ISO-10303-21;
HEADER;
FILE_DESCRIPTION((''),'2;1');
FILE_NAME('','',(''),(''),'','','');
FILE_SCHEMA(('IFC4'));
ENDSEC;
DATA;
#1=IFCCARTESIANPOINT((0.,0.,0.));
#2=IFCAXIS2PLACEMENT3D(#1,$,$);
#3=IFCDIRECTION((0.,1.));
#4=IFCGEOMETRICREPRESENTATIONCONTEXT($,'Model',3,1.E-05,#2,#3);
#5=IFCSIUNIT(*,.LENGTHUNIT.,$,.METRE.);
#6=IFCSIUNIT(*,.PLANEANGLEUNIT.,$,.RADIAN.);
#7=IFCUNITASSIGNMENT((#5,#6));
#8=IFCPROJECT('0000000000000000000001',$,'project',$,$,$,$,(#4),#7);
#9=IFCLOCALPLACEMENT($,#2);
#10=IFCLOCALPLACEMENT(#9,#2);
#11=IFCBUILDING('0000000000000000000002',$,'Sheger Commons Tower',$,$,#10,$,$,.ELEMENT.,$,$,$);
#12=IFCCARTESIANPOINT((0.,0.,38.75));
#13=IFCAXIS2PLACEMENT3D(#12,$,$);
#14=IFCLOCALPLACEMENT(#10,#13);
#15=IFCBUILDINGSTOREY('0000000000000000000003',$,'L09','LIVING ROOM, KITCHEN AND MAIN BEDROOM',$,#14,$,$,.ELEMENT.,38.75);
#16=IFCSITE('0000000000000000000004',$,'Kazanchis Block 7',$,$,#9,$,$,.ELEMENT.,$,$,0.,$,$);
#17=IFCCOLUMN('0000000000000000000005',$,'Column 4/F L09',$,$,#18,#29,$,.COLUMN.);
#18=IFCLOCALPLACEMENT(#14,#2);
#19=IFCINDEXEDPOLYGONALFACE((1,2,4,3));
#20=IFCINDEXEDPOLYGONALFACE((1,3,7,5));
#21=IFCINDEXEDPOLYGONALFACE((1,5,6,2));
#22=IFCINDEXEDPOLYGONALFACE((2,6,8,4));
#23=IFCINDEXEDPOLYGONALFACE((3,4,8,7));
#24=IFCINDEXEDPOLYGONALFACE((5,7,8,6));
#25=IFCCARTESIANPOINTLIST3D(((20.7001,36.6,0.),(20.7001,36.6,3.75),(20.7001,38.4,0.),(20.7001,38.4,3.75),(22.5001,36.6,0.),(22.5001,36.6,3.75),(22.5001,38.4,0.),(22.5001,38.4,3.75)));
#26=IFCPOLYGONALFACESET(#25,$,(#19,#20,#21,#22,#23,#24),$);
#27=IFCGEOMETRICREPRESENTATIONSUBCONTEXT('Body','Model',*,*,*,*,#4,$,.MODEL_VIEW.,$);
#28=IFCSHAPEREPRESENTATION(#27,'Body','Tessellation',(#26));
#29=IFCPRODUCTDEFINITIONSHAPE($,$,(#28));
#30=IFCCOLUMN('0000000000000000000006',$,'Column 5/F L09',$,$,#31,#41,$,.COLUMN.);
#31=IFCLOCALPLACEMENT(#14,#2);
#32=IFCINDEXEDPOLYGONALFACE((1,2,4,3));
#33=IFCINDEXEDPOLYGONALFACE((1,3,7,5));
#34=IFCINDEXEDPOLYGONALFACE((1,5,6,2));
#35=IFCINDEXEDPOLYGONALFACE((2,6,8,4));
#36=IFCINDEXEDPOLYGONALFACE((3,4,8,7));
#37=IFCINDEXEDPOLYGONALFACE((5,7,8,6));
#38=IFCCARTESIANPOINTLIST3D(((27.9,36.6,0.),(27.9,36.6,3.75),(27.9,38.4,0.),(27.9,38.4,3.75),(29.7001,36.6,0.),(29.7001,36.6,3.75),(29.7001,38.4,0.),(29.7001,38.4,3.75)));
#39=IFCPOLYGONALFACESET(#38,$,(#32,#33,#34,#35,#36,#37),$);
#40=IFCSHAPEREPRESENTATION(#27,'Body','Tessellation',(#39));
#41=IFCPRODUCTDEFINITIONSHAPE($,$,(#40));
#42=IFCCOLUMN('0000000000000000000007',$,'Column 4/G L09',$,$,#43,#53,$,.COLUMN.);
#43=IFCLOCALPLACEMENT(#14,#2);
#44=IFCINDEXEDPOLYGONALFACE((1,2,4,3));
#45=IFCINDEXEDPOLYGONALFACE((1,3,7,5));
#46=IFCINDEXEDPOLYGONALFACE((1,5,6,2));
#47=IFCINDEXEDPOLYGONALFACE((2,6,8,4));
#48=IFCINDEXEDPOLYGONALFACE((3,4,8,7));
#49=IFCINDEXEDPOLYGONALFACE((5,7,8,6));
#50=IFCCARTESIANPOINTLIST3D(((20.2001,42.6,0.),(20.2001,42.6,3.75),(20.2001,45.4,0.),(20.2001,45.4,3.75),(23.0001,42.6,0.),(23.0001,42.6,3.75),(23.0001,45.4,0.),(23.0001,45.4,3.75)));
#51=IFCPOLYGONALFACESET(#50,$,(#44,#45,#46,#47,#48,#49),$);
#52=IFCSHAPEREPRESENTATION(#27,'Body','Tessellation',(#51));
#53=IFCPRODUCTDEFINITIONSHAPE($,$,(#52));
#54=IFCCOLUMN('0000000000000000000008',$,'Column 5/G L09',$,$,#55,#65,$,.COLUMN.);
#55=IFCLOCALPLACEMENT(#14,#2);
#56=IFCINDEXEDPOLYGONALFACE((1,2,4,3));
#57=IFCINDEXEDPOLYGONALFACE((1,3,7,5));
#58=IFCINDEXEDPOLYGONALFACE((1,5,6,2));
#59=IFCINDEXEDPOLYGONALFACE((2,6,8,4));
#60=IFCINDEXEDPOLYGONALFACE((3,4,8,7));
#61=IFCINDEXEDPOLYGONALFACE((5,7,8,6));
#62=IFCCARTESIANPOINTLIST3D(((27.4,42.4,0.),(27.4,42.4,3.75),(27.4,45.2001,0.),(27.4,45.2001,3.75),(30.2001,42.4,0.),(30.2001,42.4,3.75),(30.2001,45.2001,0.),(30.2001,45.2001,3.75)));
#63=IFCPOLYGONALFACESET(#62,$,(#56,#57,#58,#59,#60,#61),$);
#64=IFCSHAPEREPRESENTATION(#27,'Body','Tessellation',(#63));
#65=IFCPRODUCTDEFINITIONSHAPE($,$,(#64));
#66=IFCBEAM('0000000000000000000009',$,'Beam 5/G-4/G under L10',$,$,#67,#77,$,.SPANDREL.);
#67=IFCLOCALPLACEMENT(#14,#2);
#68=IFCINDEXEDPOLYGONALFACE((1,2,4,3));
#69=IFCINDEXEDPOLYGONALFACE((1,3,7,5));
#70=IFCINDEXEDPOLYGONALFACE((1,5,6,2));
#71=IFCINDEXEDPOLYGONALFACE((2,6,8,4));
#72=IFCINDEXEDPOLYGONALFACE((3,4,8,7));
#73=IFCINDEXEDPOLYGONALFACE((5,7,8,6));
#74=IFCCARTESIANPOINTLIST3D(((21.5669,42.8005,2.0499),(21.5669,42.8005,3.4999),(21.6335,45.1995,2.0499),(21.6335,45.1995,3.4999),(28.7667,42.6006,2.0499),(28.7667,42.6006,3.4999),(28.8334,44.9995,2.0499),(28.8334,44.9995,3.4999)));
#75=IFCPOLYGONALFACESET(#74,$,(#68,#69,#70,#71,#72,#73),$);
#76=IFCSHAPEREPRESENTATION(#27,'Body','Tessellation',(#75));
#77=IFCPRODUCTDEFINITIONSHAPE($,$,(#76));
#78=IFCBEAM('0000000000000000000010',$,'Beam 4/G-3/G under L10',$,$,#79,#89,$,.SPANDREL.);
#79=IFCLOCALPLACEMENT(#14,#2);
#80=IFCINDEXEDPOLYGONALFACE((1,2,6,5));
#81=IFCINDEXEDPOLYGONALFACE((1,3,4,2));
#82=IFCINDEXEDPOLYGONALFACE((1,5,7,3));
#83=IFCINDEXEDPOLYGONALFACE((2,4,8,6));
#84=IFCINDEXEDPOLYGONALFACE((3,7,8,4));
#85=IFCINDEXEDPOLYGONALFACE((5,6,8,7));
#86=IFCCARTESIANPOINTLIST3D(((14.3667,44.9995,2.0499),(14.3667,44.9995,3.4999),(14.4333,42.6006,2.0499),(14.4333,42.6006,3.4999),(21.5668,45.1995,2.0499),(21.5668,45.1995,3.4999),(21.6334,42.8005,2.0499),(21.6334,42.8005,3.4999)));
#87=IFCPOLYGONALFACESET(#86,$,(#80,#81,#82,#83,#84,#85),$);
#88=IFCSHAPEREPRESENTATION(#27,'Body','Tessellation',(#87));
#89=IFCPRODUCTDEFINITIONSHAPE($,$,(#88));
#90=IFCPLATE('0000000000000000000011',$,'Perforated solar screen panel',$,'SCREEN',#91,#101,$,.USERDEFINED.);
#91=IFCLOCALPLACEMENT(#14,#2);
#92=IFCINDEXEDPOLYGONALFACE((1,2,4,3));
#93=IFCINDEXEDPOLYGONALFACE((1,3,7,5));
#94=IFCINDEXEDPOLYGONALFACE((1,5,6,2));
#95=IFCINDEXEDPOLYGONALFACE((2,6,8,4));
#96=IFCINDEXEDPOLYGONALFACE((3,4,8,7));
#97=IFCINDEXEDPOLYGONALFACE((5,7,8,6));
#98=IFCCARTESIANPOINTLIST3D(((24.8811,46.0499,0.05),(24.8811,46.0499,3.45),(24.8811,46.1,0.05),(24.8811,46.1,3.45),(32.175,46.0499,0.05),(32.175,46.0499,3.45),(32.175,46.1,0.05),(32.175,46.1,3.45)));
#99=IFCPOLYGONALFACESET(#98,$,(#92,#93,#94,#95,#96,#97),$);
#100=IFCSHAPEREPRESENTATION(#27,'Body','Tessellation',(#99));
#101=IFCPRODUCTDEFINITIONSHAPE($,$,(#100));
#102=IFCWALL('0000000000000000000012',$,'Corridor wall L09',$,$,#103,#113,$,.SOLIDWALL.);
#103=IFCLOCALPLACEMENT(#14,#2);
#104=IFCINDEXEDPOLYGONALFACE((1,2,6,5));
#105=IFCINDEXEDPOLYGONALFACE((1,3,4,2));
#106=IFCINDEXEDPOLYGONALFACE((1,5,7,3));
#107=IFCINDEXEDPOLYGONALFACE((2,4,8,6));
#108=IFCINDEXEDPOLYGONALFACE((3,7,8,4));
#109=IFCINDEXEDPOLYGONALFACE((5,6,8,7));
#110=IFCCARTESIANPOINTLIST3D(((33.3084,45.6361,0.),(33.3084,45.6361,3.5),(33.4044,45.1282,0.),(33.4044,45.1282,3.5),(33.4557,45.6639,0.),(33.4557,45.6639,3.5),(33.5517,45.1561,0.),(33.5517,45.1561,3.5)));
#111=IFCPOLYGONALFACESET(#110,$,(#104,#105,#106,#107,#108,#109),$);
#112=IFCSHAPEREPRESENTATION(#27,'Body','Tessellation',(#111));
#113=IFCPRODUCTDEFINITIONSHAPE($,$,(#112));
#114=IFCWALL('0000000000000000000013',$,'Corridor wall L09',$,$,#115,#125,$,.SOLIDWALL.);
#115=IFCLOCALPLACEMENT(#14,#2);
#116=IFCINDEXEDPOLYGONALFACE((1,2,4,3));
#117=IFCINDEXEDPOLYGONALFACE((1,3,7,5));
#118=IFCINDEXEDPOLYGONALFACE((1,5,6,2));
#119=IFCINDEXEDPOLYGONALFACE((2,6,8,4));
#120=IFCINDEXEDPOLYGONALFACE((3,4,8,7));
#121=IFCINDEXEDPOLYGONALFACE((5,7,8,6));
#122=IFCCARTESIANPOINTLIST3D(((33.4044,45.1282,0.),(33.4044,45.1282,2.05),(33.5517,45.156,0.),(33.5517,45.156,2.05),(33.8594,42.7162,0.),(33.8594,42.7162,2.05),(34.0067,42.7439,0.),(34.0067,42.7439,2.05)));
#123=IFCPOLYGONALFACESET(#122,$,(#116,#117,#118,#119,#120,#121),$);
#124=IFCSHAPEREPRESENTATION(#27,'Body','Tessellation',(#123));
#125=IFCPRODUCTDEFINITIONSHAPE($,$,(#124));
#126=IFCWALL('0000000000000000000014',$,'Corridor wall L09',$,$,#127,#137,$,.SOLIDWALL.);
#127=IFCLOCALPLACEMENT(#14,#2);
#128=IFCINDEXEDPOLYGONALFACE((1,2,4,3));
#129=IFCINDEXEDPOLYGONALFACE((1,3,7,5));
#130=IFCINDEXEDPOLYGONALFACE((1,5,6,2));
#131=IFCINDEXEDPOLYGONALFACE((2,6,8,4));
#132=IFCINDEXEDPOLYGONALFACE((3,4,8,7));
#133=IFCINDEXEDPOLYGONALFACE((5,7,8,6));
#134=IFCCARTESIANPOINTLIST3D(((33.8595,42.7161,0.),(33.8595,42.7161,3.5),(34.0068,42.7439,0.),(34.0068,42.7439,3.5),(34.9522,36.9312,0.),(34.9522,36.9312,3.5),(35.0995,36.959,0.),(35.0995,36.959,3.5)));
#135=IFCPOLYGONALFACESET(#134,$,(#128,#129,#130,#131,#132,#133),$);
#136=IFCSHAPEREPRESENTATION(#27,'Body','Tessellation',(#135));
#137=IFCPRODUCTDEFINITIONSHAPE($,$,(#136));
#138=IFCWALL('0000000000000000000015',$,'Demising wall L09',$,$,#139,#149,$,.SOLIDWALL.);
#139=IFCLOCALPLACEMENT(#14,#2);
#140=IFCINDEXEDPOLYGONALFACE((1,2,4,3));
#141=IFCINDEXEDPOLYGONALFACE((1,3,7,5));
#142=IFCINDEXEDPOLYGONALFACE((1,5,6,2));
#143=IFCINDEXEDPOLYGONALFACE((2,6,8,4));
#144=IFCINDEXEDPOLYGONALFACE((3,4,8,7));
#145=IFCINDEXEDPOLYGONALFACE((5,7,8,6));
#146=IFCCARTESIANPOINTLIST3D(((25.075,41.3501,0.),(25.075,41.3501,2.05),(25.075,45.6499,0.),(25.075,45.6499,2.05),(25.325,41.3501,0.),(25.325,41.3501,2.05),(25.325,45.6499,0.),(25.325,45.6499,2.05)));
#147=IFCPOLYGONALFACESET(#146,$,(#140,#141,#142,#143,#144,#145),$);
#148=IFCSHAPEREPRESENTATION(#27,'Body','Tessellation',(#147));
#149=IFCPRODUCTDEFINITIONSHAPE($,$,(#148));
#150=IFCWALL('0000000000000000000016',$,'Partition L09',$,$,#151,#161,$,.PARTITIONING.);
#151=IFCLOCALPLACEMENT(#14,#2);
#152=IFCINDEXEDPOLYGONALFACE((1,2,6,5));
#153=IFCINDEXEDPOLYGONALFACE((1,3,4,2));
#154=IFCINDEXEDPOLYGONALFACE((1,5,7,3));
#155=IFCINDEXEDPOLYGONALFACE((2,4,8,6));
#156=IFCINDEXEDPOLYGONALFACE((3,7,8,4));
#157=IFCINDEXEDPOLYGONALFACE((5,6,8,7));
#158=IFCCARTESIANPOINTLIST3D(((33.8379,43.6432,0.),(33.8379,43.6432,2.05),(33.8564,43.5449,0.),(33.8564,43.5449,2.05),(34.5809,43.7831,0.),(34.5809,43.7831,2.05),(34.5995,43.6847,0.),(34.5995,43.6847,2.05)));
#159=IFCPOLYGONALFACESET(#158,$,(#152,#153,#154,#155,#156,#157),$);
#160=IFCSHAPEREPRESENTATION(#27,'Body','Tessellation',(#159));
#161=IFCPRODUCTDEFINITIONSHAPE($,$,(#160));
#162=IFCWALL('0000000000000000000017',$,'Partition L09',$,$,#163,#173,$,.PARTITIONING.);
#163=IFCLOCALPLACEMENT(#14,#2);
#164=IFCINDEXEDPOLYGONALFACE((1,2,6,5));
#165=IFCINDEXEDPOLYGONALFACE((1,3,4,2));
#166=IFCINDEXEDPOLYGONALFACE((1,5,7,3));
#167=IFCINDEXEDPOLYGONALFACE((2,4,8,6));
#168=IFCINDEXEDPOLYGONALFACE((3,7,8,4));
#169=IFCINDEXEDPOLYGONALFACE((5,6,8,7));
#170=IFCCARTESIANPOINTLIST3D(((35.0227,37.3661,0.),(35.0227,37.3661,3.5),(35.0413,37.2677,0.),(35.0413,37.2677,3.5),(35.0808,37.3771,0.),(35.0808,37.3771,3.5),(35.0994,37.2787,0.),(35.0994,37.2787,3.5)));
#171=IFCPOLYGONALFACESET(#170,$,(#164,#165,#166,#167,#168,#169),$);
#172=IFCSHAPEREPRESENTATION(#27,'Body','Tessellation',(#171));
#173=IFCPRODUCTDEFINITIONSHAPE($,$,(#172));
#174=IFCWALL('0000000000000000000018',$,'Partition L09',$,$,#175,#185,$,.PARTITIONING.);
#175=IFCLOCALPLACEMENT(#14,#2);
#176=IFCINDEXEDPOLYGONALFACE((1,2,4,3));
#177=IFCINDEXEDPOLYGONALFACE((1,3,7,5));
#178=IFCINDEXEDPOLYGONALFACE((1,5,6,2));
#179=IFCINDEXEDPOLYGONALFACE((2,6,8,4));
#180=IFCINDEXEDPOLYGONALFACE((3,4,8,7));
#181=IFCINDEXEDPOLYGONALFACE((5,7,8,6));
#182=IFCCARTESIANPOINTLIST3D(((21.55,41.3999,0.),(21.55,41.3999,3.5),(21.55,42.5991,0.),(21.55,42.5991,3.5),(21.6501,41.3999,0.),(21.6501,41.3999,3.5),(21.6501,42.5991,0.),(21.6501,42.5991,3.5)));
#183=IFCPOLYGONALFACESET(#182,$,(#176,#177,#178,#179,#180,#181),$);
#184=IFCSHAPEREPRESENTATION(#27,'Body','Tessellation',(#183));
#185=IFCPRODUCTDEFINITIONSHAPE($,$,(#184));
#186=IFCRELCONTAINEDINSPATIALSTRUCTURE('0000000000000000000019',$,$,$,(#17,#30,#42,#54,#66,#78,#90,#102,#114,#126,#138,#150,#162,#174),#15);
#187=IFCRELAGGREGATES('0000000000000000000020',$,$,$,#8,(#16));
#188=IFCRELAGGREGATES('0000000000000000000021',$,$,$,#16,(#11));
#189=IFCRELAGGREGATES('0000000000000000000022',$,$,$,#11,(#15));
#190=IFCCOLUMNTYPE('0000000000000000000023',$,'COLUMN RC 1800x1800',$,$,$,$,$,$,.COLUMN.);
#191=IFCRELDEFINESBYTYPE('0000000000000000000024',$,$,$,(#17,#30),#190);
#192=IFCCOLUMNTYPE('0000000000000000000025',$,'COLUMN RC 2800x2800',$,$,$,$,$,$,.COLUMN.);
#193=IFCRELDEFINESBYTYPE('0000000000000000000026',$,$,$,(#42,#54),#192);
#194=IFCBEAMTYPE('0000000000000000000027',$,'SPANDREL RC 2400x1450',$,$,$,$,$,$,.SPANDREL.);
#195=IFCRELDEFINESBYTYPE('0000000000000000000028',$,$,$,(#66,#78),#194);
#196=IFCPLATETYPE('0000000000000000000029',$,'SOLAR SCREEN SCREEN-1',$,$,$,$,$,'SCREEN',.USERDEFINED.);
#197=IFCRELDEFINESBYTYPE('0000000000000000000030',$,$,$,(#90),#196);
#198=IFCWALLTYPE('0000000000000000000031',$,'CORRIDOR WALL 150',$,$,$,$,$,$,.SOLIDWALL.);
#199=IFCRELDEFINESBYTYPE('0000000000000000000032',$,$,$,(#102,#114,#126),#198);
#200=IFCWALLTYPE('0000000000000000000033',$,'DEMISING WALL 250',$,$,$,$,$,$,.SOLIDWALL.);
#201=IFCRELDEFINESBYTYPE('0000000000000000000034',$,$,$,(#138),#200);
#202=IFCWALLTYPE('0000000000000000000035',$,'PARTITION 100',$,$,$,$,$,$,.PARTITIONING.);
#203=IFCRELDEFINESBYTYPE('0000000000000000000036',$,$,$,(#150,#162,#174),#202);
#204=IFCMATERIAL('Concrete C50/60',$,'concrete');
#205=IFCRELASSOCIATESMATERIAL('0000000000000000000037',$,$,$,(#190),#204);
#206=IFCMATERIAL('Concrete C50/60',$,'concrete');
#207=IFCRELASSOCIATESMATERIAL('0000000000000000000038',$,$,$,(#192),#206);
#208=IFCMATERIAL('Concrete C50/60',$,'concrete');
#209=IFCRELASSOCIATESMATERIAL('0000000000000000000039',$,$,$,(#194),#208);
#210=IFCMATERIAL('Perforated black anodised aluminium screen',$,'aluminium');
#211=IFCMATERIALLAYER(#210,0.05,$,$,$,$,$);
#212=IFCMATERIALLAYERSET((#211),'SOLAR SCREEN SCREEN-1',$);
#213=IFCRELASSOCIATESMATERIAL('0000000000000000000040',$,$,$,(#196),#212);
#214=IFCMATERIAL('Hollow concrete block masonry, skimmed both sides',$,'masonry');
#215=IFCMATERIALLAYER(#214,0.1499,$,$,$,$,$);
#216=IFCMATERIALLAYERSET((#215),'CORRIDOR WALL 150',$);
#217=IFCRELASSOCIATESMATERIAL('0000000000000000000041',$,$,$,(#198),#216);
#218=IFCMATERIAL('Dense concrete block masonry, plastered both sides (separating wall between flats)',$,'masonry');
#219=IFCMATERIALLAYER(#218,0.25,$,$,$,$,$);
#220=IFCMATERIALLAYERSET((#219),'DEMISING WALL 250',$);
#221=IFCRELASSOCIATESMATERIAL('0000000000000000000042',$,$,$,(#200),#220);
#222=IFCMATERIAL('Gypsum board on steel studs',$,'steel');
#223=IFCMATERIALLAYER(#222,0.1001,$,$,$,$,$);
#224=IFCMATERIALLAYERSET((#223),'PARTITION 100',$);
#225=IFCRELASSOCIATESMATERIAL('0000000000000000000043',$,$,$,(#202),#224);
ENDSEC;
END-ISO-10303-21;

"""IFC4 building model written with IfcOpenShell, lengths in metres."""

from ifc_helpers import new_model, si_unit, direction, frame, frame_2d, origin, origin_2d, place, context, subcontext, project, spatial, rectangle, extrude, material, layer, layer_set, material_profile, profile_set, type_object, element, save


model = new_model("IFC4")

# Units and contexts
model_context = context("Model", 3, precision=1e-05, world=origin(), true_north=direction((0.0, 1.0)))
body_context = subcontext(model_context, "Body", "Model", "MODEL_VIEW")
ifc_project = project(units=[si_unit("LENGTHUNIT", "METRE"), si_unit("PLANEANGLEUNIT", "RADIAN")], contexts=[model_context])

# Site, building, storey
site_placement = place(None, origin())
site = spatial("IfcSite", under=ifc_project, at=site_placement, Name="Kazanchis Block 7", CompositionType="ELEMENT", RefElevation=0.0)
building_placement = place(site_placement, origin())
building = spatial("IfcBuilding", under=site, at=building_placement, Name="Sheger Commons Tower", CompositionType="ELEMENT")
storey_placement = place(building_placement, frame((0.0, 0.0, 38.75)))
storey = spatial("IfcBuildingStorey", under=building, at=storey_placement, Name="L09", Description="LIVING ROOM, KITCHEN AND MAIN BEDROOM", CompositionType="ELEMENT", Elevation=38.75)

# Columns
ifc_material_1 = material(Name="Concrete C50/60", Category="concrete")
ifc_material_profile_1 = material_profile(ifc_material_1, rectangle(XDim=1.8, YDim=1.8, at=origin_2d()), Name="RC 1800x1800")
ifc_profile_set_1 = profile_set([ifc_material_profile_1], Name="Concrete C50/60")
column_type_1 = type_object("IfcColumnType", Name="COLUMN RC 1800x1800", PredefinedType="COLUMN", material=ifc_profile_set_1)
for number, where, z_axis, x_axis, name in (
    (1, (21.6001, 37.5, 0.0), (0.0, 0.0, 1.0), (1.0, 0.0, 0.0), "Column 4/F L09"),
    (2, (28.8, 37.5, 0.0), (0.0, 0.0, 1.0), (1.0, 0.0, 0.0), "Column 5/F L09"),
):
    element("IfcColumn", number, at=place(storey_placement, frame(where, z_axis=z_axis, x_axis=x_axis)), inside=storey, type_object=column_type_1, Name=name, PredefinedType="COLUMN", context=body_context, shape_type="SweptSolid", body=[
        extrude(rectangle(XDim=1.8, YDim=1.8, at=origin_2d()), origin(), (0.0, 0.0, 1.0), 3.75),
    ])
ifc_material_2 = material(Name="Concrete C50/60", Category="concrete")
ifc_material_profile_2 = material_profile(ifc_material_2, rectangle(XDim=2.8, YDim=2.8, at=origin_2d()), Name="RC 2800x2800")
ifc_profile_set_2 = profile_set([ifc_material_profile_2], Name="Concrete C50/60")
column_type_2 = type_object("IfcColumnType", Name="COLUMN RC 2800x2800", PredefinedType="COLUMN", material=ifc_profile_set_2)
for number, where, z_axis, x_axis, name in (
    (3, (21.6001, 44.0, 0.0), (0.0, 0.0, 1.0), (1.0, 0.0, 0.0), "Column 4/G L09"),
    (4, (28.8, 43.8, 0.0), (0.0, 0.0, 1.0), (1.0, 0.0, 0.0), "Column 5/G L09"),
):
    element("IfcColumn", number, at=place(storey_placement, frame(where, z_axis=z_axis, x_axis=x_axis)), inside=storey, type_object=column_type_2, Name=name, PredefinedType="COLUMN", context=body_context, shape_type="SweptSolid", body=[
        extrude(rectangle(XDim=2.8, YDim=2.8, at=origin_2d()), origin(), (0.0, 0.0, 1.0), 3.75),
    ])

# Beams
ifc_material_3 = material(Name="Concrete C50/60", Category="concrete")
ifc_material_profile_3 = material_profile(ifc_material_3, rectangle(XDim=2.3999, YDim=1.45, at=origin_2d()), Name="RC 2400x1450")
ifc_profile_set_3 = profile_set([ifc_material_profile_3], Name="Concrete C50/60")
beam_type = type_object("IfcBeamType", Name="SPANDREL RC 2400x1450", PredefinedType="SPANDREL", material=ifc_profile_set_3)
beam_1_placement = place(storey_placement, frame((28.8, 43.8, 2.7749), z_axis=(-0.999615, 0.02776, 0.0), x_axis=(-0.02776, -0.999615, 0.0)))
element("IfcBeam", 5, at=beam_1_placement, inside=storey, type_object=beam_type, Name="Beam 5/G-4/G under L10", PredefinedType="SPANDREL", context=body_context, shape_type="SweptSolid", body=[
    extrude(rectangle(XDim=2.3999, YDim=1.45, at=origin_2d()), origin(), (0.0, 0.0, 1.0), 7.2026),
])
beam_2_placement = place(storey_placement, frame((21.6001, 44.0, 2.7749), z_axis=(-0.999615, -0.02776, 0.0), x_axis=(0.02776, -0.999615, 0.0)))
element("IfcBeam", 6, at=beam_2_placement, inside=storey, type_object=beam_type, Name="Beam 4/G-3/G under L10", PredefinedType="SPANDREL", context=body_context, shape_type="SweptSolid", body=[
    extrude(rectangle(XDim=2.3999, YDim=1.45, at=origin_2d()), origin(), (0.0, 0.0, 1.0), 7.2029),
])

# Plate
ifc_material_4 = material(Name="Perforated black anodised aluminium screen", Category="aluminium")
ifc_layer_1 = layer(ifc_material_4, 0.05)
ifc_layer_set_1 = layer_set([ifc_layer_1], Name="SOLAR SCREEN SCREEN-1")
plate_type = type_object("IfcPlateType", Name="SOLAR SCREEN SCREEN-1", ElementType="SCREEN", PredefinedType="USERDEFINED", material=ifc_layer_set_1)
plate_placement = place(storey_placement, frame((28.5281, 46.075, 0.05), z_axis=(0.0, 0.0, 1.0), x_axis=(-1.0, 0.0, 0.0)))
element("IfcPlate", 7, at=plate_placement, inside=storey, type_object=plate_type, Name="Perforated solar screen panel", ObjectType="SCREEN", PredefinedType="USERDEFINED", context=body_context, shape_type="SweptSolid", body=[
    extrude(rectangle(XDim=7.2939, YDim=0.05, at=origin_2d()), origin(), (0.0, 0.0, 1.0), 3.3999),
])

# Walls
ifc_material_5 = material(Name="Hollow concrete block masonry, skimmed both sides", Category="masonry")
ifc_layer_2 = layer(ifc_material_5, 0.1499)
ifc_layer_set_2 = layer_set([ifc_layer_2], Name="CORRIDOR WALL 150")
wall_type_1 = type_object("IfcWallType", Name="CORRIDOR WALL 150", PredefinedType="SOLIDWALL", material=ifc_layer_set_2)
wall_1_placement = place(storey_placement, frame((33.3821, 45.6499, 0.0), z_axis=(0.0, 0.0, 1.0), x_axis=(0.185657, -0.982615, 0.0)))
element("IfcWall", 8, at=wall_1_placement, inside=storey, type_object=wall_type_1, Name="Corridor wall L09", PredefinedType="SOLIDWALL", context=body_context, shape_type="SweptSolid", body=[
    extrude(rectangle(XDim=0.5168, YDim=0.1499, at=frame_2d((0.2583, 0.0))), origin(), (0.0, 0.0, 1.0), 3.5),
])
wall_2_placement = place(storey_placement, frame((33.478, 45.1421, 0.0), z_axis=(0.0, 0.0, 1.0), x_axis=(0.185393, -0.982664, 0.0)))
element("IfcWall", 9, at=wall_2_placement, inside=storey, type_object=wall_type_1, Name="Corridor wall L09", PredefinedType="SOLIDWALL", context=body_context, shape_type="SweptSolid", body=[
    extrude(rectangle(XDim=2.4546, YDim=0.1499, at=frame_2d((1.2273, 0.0))), origin(), (0.0, 0.0, 1.0), 2.05),
])
wall_3_placement = place(storey_placement, frame((33.9331, 42.73, 0.0), z_axis=(0.0, 0.0, 1.0), x_axis=(0.185618, -0.982622, 0.0)))
element("IfcWall", 10, at=wall_3_placement, inside=storey, type_object=wall_type_1, Name="Corridor wall L09", PredefinedType="SOLIDWALL", context=body_context, shape_type="SweptSolid", body=[
    extrude(rectangle(XDim=5.8872, YDim=0.1499, at=frame_2d((2.9436, 0.0))), origin(), (0.0, 0.0, 1.0), 3.5),
])
ifc_material_6 = material(Name="Dense concrete block masonry, plastered both sides (separating wall between flats)", Category="masonry")
ifc_layer_3 = layer(ifc_material_6, 0.25)
ifc_layer_set_3 = layer_set([ifc_layer_3], Name="DEMISING WALL 250")
wall_type_2 = type_object("IfcWallType", Name="DEMISING WALL 250", PredefinedType="SOLIDWALL", material=ifc_layer_set_3)
wall_4_placement = place(storey_placement, frame((25.2, 41.3501, 0.0), z_axis=(0.0, 0.0, 1.0), x_axis=(0.0, 1.0, 0.0)))
element("IfcWall", 11, at=wall_4_placement, inside=storey, type_object=wall_type_2, Name="Demising wall L09", PredefinedType="SOLIDWALL", context=body_context, shape_type="SweptSolid", body=[
    extrude(rectangle(XDim=4.2998, YDim=0.25, at=frame_2d((2.1499, 0.0))), origin(), (0.0, 0.0, 1.0), 2.05),
])
ifc_material_7 = material(Name="Gypsum board on steel studs", Category="steel")
ifc_layer_4 = layer(ifc_material_7, 0.1001)
ifc_layer_set_4 = layer_set([ifc_layer_4], Name="PARTITION 100")
wall_type_3 = type_object("IfcWallType", Name="PARTITION 100", PredefinedType="PARTITIONING", material=ifc_layer_set_4)
wall_5_placement = place(storey_placement, frame((34.5901, 43.7339, 0.0), z_axis=(0.0, 0.0, 1.0), x_axis=(-0.98274, -0.18499, 0.0)))
element("IfcWall", 12, at=wall_5_placement, inside=storey, type_object=wall_type_3, Name="Partition L09", PredefinedType="PARTITIONING", context=body_context, shape_type="SweptSolid", body=[
    extrude(rectangle(XDim=0.7561, YDim=0.1001, at=frame_2d((0.3779, 0.0))), origin(), (0.0, 0.0, 1.0), 2.05),
])
wall_6_placement = place(storey_placement, frame((35.0901, 37.3279, 0.0), z_axis=(0.0, 0.0, 1.0), x_axis=(-0.982591, -0.185784, 0.0)))
element("IfcWall", 13, at=wall_6_placement, inside=storey, type_object=wall_type_3, Name="Partition L09", PredefinedType="PARTITIONING", context=body_context, shape_type="SweptSolid", body=[
    extrude(rectangle(XDim=0.0591, YDim=0.1001, at=frame_2d((0.0295, 0.0))), origin(), (0.0, 0.0, 1.0), 3.5),
])
wall_7_placement = place(storey_placement, frame((21.6001, 41.3999, 0.0), z_axis=(0.0, 0.0, 1.0), x_axis=(0.0, 1.0, 0.0)))
element("IfcWall", 14, at=wall_7_placement, inside=storey, type_object=wall_type_3, Name="Partition L09", PredefinedType="PARTITIONING", context=body_context, shape_type="SweptSolid", body=[
    extrude(rectangle(XDim=1.1992, YDim=0.1001, at=frame_2d((0.5996, 0.0))), origin(), (0.0, 0.0, 1.0), 3.5),
])

save(model, "model.ifc")
